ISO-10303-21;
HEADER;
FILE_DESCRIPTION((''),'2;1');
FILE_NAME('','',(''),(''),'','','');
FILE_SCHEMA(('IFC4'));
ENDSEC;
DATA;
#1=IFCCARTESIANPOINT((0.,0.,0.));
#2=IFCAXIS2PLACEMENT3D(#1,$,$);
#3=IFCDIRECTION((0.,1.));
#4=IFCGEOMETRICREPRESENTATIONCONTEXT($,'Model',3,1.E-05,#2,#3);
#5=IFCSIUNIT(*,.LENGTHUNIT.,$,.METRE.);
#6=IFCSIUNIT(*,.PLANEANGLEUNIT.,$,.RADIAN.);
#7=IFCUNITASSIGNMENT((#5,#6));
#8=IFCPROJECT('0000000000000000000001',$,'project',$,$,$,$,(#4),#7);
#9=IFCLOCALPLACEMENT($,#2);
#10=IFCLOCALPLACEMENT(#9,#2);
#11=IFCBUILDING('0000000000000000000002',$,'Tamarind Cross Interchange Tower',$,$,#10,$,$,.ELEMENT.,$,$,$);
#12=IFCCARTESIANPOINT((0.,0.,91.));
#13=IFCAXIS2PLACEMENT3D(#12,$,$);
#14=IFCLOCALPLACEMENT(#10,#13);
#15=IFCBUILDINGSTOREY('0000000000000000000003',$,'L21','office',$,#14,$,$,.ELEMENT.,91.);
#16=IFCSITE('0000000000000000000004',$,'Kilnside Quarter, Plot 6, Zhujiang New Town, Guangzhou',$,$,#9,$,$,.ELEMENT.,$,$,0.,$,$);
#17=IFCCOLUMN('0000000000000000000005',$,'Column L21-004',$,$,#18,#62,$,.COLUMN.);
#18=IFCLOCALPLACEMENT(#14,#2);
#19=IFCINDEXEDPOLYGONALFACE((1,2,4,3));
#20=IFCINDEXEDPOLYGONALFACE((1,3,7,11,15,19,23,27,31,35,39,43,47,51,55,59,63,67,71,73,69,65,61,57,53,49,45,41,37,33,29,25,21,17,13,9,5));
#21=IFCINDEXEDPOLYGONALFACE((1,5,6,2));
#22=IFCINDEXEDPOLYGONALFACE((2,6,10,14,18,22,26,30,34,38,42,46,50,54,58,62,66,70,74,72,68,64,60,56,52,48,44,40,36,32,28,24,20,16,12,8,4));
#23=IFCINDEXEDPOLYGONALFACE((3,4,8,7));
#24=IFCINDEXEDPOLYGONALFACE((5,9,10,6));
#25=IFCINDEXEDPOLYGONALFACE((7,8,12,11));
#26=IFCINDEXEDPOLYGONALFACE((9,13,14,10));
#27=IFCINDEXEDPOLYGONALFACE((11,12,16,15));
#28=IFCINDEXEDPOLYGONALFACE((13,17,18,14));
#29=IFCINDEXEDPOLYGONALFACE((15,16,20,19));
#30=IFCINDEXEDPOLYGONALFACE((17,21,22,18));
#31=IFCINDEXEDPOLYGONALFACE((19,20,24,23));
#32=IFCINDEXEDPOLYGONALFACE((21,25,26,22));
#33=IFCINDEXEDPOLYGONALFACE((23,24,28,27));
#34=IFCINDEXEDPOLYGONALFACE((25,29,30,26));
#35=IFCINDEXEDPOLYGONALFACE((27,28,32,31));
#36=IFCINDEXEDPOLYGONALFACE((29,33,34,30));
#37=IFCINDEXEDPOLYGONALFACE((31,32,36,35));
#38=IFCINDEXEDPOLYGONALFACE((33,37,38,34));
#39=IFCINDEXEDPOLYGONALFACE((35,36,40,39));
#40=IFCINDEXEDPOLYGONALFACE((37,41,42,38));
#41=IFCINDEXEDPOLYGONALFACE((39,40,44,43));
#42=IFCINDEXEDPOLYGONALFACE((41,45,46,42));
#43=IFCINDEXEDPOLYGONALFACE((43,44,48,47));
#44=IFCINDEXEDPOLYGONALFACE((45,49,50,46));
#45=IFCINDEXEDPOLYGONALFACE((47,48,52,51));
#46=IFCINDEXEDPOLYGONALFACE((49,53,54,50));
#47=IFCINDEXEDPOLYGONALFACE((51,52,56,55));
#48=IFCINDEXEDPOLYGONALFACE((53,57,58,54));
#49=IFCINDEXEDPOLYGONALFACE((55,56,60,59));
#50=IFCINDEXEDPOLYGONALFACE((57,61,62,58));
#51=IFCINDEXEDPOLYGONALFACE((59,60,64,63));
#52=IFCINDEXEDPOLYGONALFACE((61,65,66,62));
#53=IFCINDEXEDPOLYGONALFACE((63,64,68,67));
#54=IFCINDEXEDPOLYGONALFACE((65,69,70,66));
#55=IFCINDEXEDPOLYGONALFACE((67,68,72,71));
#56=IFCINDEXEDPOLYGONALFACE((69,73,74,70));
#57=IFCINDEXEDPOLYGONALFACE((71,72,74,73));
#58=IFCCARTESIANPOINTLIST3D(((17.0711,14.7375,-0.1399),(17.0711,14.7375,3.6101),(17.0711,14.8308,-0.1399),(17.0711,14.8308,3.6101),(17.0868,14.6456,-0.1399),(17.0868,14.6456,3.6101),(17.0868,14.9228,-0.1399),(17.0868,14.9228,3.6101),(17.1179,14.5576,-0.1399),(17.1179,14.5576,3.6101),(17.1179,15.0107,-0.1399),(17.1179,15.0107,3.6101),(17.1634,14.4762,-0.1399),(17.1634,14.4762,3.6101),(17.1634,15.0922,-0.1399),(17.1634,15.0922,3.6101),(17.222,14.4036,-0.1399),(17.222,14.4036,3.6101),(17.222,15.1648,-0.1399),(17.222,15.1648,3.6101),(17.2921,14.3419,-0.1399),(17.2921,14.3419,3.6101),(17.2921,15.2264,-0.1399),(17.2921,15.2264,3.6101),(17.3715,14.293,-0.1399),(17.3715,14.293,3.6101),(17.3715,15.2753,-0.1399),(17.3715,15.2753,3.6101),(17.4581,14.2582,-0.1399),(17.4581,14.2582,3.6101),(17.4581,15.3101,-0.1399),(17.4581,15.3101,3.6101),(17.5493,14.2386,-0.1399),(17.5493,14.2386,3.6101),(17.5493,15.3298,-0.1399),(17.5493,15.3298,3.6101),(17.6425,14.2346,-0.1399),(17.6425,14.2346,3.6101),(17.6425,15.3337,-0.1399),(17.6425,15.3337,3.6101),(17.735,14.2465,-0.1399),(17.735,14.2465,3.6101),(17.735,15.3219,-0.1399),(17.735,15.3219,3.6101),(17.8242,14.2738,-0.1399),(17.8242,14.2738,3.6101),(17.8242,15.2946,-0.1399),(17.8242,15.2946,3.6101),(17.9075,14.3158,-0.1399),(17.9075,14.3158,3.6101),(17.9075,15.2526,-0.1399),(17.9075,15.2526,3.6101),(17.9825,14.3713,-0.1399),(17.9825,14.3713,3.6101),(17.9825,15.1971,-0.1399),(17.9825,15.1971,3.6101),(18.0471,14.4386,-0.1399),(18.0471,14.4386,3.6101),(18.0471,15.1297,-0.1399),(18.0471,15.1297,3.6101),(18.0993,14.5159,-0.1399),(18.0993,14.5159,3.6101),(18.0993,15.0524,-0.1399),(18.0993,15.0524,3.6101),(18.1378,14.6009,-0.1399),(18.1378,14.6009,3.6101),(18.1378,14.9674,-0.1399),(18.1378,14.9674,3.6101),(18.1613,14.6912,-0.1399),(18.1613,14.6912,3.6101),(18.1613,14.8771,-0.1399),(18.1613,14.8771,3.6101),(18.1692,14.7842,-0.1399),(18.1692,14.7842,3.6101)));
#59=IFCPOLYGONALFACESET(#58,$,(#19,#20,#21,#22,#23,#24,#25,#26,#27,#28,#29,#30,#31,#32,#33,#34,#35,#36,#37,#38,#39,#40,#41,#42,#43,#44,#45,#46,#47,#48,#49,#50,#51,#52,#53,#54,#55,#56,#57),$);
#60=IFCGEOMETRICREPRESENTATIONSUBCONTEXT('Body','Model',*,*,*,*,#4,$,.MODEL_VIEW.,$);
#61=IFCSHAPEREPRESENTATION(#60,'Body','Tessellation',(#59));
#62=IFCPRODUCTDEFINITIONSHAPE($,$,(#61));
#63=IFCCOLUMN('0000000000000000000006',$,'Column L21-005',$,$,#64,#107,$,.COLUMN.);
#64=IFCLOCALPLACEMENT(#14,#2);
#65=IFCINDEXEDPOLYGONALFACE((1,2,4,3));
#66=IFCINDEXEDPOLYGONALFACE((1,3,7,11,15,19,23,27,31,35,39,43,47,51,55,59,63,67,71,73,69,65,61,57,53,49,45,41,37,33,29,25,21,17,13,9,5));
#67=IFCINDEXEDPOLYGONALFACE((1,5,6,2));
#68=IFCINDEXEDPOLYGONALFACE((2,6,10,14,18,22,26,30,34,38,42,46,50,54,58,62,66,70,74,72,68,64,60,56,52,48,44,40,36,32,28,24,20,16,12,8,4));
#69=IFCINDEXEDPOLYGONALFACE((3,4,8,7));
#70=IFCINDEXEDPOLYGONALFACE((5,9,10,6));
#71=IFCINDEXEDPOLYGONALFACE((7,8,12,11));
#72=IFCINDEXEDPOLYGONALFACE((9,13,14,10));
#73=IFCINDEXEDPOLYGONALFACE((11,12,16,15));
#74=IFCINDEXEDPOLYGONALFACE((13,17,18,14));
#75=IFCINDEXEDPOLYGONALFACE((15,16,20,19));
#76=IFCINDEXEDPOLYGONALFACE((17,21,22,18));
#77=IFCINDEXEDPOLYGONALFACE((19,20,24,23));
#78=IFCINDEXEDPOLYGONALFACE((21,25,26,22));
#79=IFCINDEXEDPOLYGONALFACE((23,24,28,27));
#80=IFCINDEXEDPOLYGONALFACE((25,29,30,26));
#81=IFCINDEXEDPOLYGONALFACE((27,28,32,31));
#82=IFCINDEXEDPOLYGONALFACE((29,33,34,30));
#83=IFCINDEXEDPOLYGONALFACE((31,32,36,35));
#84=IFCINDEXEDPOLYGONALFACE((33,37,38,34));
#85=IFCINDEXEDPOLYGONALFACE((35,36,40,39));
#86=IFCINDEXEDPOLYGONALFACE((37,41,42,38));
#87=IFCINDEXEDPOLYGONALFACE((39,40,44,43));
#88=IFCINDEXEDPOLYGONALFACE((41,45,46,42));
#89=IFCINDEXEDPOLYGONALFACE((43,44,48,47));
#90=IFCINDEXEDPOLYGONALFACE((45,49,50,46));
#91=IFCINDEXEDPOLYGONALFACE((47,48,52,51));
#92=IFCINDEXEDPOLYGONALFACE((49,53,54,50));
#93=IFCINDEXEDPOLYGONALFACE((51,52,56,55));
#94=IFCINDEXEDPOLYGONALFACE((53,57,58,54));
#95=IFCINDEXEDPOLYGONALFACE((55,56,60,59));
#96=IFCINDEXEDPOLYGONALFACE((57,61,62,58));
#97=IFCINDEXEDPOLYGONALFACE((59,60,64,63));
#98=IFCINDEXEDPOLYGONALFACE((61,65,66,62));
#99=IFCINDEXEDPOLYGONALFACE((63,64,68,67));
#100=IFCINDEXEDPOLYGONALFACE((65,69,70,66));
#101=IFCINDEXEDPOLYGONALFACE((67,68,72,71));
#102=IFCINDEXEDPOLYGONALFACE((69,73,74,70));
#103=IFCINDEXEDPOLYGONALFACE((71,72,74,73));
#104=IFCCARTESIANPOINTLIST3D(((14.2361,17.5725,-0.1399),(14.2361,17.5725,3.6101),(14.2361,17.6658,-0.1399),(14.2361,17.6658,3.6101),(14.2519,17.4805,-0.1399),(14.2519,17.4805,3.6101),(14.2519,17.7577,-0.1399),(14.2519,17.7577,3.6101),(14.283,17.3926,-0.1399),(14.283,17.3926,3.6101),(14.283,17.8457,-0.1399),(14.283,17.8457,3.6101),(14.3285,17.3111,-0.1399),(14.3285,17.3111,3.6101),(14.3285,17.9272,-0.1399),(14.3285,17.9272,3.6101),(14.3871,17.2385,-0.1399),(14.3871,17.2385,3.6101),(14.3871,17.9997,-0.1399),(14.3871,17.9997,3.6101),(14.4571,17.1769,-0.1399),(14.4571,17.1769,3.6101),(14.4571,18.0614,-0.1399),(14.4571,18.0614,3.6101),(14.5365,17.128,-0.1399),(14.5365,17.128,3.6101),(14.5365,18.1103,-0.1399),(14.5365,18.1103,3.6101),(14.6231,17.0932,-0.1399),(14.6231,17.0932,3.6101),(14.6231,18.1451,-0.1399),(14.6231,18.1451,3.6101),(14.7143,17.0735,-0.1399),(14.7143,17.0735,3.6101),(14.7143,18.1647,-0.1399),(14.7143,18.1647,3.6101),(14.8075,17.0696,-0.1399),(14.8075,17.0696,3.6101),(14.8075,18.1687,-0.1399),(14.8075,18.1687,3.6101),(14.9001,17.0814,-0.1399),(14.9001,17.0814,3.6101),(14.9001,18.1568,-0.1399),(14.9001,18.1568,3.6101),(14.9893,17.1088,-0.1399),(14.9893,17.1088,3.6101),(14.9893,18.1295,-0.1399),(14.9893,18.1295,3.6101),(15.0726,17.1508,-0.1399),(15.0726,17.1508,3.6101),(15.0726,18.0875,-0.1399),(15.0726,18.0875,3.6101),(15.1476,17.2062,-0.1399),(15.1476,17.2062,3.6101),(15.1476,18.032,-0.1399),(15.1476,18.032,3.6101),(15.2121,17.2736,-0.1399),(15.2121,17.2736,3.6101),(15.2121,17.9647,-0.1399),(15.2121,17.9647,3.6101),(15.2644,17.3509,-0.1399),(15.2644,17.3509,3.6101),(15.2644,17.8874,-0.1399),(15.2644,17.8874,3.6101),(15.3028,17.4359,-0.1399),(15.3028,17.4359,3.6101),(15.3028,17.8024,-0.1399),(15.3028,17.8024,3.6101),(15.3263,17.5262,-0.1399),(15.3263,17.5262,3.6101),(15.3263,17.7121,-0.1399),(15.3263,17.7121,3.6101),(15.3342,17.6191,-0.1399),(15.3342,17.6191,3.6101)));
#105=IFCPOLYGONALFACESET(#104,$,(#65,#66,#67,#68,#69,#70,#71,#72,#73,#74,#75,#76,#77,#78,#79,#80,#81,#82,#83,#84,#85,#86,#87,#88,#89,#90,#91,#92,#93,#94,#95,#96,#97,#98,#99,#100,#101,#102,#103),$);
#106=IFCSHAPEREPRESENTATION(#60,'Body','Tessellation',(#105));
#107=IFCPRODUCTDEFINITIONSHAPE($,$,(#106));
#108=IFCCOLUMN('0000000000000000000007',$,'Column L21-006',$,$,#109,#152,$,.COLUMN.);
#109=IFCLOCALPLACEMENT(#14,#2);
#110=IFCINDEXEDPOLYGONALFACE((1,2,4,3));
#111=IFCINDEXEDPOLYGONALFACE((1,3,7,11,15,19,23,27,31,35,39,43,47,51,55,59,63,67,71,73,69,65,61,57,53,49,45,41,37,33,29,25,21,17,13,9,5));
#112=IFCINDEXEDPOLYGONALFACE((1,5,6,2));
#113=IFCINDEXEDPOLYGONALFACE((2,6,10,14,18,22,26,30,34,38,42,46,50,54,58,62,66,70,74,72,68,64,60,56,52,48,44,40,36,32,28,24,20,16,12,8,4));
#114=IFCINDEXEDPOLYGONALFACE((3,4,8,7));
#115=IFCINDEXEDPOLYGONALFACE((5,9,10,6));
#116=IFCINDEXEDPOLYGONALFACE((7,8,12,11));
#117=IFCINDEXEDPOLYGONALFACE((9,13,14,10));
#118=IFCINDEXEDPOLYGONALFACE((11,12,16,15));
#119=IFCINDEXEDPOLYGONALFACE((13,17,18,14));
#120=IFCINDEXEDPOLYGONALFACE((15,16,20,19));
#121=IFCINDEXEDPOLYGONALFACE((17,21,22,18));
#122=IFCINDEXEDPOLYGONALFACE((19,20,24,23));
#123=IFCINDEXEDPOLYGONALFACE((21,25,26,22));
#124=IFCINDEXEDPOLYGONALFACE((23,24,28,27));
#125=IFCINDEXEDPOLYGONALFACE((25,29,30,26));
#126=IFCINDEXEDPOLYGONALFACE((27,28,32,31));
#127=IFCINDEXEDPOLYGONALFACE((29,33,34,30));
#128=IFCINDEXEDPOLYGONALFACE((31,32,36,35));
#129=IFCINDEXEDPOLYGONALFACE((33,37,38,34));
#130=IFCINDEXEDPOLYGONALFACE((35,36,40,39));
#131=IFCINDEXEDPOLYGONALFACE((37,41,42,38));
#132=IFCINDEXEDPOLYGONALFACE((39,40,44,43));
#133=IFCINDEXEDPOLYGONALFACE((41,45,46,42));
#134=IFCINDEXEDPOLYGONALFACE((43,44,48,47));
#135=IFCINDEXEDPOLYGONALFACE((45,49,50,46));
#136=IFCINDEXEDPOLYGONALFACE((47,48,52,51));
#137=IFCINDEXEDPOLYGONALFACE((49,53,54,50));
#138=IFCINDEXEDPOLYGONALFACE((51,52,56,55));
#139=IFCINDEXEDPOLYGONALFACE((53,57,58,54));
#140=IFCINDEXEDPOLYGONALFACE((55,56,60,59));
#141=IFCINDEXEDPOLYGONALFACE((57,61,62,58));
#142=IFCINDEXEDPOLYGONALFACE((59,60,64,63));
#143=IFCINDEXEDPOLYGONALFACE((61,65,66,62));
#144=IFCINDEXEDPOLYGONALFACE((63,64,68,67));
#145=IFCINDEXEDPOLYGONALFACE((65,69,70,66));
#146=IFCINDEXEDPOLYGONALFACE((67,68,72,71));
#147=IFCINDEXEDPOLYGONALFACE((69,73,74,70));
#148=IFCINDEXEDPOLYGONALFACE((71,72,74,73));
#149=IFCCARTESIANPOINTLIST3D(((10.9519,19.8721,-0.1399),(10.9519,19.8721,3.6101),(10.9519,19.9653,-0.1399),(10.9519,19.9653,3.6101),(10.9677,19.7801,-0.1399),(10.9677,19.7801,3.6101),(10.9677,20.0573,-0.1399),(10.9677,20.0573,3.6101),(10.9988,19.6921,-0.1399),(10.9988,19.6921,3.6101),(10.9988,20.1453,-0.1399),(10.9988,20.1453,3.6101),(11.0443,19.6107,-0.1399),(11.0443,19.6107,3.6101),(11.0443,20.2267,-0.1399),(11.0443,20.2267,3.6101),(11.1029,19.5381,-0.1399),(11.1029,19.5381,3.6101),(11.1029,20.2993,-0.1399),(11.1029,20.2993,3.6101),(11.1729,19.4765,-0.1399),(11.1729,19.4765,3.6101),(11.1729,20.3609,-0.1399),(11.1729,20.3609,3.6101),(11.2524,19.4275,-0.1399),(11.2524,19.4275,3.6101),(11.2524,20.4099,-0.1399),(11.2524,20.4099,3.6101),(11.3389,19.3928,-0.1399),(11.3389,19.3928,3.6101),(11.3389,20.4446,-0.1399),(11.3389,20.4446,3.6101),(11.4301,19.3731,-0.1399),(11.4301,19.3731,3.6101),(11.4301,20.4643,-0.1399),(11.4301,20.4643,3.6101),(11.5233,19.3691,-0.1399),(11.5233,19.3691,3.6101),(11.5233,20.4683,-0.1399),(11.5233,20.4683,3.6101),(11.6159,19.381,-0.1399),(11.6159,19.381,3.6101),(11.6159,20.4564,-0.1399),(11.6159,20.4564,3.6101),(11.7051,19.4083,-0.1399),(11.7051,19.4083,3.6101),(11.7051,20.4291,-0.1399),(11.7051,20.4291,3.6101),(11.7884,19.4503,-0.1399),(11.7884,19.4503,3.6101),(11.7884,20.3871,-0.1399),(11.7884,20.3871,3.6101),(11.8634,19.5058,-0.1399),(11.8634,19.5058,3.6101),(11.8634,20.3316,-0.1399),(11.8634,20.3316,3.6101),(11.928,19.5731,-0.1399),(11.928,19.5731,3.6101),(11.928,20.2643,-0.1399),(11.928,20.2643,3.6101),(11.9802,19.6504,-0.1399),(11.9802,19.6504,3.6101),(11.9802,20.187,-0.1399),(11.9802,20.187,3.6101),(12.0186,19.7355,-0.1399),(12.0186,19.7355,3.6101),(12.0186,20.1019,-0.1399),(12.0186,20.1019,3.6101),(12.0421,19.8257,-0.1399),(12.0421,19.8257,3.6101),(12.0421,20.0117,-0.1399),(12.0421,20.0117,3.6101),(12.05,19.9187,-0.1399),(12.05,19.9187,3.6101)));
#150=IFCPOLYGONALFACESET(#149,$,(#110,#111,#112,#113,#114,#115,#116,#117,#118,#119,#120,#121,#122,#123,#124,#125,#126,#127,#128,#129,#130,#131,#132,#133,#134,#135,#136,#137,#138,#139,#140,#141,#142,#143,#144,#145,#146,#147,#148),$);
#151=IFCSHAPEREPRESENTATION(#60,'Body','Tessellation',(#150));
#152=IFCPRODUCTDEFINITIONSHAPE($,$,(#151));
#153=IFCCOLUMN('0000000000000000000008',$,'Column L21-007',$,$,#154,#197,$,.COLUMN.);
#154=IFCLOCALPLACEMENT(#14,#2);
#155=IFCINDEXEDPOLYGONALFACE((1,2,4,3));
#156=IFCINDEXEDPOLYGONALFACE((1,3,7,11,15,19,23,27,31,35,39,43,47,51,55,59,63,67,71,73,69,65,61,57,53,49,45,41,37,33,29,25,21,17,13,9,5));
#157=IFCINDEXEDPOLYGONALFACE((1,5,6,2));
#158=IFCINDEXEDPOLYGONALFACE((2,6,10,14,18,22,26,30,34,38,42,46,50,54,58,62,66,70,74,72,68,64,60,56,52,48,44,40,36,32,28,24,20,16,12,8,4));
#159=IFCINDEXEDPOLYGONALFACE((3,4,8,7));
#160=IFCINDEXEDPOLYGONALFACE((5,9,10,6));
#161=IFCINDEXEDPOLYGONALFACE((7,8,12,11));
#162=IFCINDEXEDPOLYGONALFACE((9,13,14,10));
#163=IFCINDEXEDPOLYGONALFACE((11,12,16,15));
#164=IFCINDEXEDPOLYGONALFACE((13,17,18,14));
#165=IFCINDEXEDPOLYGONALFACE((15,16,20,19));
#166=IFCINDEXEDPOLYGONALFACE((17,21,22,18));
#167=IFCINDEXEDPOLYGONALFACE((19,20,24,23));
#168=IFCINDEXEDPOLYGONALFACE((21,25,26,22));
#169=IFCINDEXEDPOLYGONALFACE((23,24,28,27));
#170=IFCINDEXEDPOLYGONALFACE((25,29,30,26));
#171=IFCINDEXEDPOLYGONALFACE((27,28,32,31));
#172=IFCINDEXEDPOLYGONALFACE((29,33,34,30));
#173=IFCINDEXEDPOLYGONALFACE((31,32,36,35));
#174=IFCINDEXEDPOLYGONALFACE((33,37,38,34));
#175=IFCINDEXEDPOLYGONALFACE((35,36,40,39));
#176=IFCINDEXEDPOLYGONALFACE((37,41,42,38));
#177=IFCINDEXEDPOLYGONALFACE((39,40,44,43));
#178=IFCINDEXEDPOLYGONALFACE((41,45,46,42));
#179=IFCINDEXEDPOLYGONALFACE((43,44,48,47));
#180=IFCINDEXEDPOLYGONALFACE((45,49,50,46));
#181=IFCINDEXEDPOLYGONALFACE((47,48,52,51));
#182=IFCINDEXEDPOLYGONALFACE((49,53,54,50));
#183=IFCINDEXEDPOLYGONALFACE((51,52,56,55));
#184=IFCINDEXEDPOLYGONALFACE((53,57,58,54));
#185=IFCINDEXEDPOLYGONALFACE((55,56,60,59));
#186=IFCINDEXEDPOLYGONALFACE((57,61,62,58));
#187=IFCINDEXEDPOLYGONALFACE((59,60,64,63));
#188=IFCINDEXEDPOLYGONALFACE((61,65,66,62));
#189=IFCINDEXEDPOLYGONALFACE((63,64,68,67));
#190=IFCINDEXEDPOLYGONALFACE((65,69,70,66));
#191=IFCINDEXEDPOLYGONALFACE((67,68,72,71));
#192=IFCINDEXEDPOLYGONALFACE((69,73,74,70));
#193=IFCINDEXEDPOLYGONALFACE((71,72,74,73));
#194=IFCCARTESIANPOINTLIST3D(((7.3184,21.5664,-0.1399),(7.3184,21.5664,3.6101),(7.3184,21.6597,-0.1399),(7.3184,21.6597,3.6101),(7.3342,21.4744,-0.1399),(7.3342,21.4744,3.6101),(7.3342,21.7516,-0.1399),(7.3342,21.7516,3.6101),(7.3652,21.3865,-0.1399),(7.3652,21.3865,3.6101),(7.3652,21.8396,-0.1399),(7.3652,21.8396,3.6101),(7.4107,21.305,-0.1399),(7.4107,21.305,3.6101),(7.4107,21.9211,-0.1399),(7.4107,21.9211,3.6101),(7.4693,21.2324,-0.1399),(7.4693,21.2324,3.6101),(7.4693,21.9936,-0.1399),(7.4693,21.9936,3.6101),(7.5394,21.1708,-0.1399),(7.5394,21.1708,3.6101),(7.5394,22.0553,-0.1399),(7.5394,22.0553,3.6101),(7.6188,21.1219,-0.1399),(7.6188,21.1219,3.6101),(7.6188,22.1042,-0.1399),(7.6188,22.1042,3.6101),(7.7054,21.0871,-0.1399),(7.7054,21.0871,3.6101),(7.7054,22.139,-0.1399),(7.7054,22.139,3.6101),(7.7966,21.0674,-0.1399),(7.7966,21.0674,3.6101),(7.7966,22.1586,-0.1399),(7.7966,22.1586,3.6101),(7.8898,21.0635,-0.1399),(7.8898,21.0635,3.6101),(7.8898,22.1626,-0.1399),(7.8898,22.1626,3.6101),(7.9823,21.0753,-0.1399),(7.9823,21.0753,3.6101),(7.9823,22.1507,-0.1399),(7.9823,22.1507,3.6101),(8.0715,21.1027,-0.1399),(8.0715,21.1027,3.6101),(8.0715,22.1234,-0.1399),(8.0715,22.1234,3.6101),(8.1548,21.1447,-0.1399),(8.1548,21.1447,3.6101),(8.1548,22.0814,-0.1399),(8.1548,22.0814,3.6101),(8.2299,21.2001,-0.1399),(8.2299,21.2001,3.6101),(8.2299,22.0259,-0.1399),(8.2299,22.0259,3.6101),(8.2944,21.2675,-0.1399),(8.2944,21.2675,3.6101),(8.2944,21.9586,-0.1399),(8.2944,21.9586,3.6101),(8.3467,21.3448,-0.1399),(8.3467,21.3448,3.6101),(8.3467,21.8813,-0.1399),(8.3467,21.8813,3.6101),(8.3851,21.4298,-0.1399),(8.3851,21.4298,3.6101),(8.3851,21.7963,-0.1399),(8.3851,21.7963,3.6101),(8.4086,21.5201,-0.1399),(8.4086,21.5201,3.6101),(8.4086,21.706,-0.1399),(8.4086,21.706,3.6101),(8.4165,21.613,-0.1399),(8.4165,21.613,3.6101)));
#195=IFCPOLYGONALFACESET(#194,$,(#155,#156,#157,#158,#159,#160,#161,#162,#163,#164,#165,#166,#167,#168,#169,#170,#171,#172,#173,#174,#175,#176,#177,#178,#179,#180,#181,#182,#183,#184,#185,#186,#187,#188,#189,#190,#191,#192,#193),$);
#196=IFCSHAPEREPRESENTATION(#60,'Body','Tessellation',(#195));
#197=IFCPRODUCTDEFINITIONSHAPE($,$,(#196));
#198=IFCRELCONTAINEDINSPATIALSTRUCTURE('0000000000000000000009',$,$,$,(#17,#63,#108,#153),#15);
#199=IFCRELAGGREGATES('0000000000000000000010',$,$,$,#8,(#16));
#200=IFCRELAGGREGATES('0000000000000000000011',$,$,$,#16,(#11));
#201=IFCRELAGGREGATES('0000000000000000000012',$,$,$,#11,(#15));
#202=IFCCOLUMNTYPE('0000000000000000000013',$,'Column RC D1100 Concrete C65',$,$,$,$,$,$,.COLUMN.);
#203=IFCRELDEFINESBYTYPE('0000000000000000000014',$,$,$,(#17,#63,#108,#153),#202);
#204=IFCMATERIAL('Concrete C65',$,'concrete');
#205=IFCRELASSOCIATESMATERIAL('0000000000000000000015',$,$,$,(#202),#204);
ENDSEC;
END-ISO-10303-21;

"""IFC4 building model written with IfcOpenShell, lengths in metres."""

from ifc_helpers import new_model, si_unit, direction, frame, origin, origin_2d, place, context, subcontext, project, spatial, circle, extrude, material, material_profile, profile_set, type_object, element, save


model = new_model("IFC4")

# Units and contexts
model_context = context("Model", 3, precision=1e-05, world=origin(), true_north=direction((0.0, 1.0)))
body_context = subcontext(model_context, "Body", "Model", "MODEL_VIEW")
ifc_project = project(units=[si_unit("LENGTHUNIT", "METRE"), si_unit("PLANEANGLEUNIT", "RADIAN")], contexts=[model_context])

# Site, building, storey
site_placement = place(None, origin())
site = spatial("IfcSite", under=ifc_project, at=site_placement, Name="Kilnside Quarter, Plot 6, Zhujiang New Town, Guangzhou", CompositionType="ELEMENT", RefElevation=0.0)
building_placement = place(site_placement, origin())
building = spatial("IfcBuilding", under=site, at=building_placement, Name="Tamarind Cross Interchange Tower", CompositionType="ELEMENT")
storey_placement = place(building_placement, frame((0.0, 0.0, 91.0)))
storey = spatial("IfcBuildingStorey", under=building, at=storey_placement, Name="L21", Description="office", CompositionType="ELEMENT", Elevation=91.0)

# Columns
ifc_material_1 = material(Name="Concrete C65", Category="concrete")
ifc_material_profile_1 = material_profile(ifc_material_1, circle(Radius=0.55, at=origin_2d()), Name="RC D1100")
ifc_profile_set_1 = profile_set([ifc_material_profile_1], Name="Concrete C65")
column_type = type_object("IfcColumnType", Name="Column RC D1100 Concrete C65", PredefinedType="COLUMN", material=ifc_profile_set_1)
for number, where, z_axis, x_axis, name in (
    (1, (17.6191, 14.7842, -0.1399), (0.0, 0.0, 1.0), (1.0, 0.0, 0.0), "Column L21-004"),
    (2, (14.7842, 17.6191, -0.1399), (0.0, 0.0, 1.0), (1.0, 0.0, 0.0), "Column L21-005"),
    (3, (11.5, 19.9187, -0.1399), (0.0, 0.0, 1.0), (1.0, 0.0, 0.0), "Column L21-006"),
    (4, (7.8665, 21.613, -0.1399), (0.0, 0.0, 1.0), (1.0, 0.0, 0.0), "Column L21-007"),
):
    element("IfcColumn", number, at=place(storey_placement, frame(where, z_axis=z_axis, x_axis=x_axis)), inside=storey, type_object=column_type, Name=name, PredefinedType="COLUMN", context=body_context, shape_type="SweptSolid", body=[
        extrude(circle(Radius=0.55, at=origin_2d()), origin(), (0.0, 0.0, 1.0), 3.75),
    ])

save(model, "model.ifc")
